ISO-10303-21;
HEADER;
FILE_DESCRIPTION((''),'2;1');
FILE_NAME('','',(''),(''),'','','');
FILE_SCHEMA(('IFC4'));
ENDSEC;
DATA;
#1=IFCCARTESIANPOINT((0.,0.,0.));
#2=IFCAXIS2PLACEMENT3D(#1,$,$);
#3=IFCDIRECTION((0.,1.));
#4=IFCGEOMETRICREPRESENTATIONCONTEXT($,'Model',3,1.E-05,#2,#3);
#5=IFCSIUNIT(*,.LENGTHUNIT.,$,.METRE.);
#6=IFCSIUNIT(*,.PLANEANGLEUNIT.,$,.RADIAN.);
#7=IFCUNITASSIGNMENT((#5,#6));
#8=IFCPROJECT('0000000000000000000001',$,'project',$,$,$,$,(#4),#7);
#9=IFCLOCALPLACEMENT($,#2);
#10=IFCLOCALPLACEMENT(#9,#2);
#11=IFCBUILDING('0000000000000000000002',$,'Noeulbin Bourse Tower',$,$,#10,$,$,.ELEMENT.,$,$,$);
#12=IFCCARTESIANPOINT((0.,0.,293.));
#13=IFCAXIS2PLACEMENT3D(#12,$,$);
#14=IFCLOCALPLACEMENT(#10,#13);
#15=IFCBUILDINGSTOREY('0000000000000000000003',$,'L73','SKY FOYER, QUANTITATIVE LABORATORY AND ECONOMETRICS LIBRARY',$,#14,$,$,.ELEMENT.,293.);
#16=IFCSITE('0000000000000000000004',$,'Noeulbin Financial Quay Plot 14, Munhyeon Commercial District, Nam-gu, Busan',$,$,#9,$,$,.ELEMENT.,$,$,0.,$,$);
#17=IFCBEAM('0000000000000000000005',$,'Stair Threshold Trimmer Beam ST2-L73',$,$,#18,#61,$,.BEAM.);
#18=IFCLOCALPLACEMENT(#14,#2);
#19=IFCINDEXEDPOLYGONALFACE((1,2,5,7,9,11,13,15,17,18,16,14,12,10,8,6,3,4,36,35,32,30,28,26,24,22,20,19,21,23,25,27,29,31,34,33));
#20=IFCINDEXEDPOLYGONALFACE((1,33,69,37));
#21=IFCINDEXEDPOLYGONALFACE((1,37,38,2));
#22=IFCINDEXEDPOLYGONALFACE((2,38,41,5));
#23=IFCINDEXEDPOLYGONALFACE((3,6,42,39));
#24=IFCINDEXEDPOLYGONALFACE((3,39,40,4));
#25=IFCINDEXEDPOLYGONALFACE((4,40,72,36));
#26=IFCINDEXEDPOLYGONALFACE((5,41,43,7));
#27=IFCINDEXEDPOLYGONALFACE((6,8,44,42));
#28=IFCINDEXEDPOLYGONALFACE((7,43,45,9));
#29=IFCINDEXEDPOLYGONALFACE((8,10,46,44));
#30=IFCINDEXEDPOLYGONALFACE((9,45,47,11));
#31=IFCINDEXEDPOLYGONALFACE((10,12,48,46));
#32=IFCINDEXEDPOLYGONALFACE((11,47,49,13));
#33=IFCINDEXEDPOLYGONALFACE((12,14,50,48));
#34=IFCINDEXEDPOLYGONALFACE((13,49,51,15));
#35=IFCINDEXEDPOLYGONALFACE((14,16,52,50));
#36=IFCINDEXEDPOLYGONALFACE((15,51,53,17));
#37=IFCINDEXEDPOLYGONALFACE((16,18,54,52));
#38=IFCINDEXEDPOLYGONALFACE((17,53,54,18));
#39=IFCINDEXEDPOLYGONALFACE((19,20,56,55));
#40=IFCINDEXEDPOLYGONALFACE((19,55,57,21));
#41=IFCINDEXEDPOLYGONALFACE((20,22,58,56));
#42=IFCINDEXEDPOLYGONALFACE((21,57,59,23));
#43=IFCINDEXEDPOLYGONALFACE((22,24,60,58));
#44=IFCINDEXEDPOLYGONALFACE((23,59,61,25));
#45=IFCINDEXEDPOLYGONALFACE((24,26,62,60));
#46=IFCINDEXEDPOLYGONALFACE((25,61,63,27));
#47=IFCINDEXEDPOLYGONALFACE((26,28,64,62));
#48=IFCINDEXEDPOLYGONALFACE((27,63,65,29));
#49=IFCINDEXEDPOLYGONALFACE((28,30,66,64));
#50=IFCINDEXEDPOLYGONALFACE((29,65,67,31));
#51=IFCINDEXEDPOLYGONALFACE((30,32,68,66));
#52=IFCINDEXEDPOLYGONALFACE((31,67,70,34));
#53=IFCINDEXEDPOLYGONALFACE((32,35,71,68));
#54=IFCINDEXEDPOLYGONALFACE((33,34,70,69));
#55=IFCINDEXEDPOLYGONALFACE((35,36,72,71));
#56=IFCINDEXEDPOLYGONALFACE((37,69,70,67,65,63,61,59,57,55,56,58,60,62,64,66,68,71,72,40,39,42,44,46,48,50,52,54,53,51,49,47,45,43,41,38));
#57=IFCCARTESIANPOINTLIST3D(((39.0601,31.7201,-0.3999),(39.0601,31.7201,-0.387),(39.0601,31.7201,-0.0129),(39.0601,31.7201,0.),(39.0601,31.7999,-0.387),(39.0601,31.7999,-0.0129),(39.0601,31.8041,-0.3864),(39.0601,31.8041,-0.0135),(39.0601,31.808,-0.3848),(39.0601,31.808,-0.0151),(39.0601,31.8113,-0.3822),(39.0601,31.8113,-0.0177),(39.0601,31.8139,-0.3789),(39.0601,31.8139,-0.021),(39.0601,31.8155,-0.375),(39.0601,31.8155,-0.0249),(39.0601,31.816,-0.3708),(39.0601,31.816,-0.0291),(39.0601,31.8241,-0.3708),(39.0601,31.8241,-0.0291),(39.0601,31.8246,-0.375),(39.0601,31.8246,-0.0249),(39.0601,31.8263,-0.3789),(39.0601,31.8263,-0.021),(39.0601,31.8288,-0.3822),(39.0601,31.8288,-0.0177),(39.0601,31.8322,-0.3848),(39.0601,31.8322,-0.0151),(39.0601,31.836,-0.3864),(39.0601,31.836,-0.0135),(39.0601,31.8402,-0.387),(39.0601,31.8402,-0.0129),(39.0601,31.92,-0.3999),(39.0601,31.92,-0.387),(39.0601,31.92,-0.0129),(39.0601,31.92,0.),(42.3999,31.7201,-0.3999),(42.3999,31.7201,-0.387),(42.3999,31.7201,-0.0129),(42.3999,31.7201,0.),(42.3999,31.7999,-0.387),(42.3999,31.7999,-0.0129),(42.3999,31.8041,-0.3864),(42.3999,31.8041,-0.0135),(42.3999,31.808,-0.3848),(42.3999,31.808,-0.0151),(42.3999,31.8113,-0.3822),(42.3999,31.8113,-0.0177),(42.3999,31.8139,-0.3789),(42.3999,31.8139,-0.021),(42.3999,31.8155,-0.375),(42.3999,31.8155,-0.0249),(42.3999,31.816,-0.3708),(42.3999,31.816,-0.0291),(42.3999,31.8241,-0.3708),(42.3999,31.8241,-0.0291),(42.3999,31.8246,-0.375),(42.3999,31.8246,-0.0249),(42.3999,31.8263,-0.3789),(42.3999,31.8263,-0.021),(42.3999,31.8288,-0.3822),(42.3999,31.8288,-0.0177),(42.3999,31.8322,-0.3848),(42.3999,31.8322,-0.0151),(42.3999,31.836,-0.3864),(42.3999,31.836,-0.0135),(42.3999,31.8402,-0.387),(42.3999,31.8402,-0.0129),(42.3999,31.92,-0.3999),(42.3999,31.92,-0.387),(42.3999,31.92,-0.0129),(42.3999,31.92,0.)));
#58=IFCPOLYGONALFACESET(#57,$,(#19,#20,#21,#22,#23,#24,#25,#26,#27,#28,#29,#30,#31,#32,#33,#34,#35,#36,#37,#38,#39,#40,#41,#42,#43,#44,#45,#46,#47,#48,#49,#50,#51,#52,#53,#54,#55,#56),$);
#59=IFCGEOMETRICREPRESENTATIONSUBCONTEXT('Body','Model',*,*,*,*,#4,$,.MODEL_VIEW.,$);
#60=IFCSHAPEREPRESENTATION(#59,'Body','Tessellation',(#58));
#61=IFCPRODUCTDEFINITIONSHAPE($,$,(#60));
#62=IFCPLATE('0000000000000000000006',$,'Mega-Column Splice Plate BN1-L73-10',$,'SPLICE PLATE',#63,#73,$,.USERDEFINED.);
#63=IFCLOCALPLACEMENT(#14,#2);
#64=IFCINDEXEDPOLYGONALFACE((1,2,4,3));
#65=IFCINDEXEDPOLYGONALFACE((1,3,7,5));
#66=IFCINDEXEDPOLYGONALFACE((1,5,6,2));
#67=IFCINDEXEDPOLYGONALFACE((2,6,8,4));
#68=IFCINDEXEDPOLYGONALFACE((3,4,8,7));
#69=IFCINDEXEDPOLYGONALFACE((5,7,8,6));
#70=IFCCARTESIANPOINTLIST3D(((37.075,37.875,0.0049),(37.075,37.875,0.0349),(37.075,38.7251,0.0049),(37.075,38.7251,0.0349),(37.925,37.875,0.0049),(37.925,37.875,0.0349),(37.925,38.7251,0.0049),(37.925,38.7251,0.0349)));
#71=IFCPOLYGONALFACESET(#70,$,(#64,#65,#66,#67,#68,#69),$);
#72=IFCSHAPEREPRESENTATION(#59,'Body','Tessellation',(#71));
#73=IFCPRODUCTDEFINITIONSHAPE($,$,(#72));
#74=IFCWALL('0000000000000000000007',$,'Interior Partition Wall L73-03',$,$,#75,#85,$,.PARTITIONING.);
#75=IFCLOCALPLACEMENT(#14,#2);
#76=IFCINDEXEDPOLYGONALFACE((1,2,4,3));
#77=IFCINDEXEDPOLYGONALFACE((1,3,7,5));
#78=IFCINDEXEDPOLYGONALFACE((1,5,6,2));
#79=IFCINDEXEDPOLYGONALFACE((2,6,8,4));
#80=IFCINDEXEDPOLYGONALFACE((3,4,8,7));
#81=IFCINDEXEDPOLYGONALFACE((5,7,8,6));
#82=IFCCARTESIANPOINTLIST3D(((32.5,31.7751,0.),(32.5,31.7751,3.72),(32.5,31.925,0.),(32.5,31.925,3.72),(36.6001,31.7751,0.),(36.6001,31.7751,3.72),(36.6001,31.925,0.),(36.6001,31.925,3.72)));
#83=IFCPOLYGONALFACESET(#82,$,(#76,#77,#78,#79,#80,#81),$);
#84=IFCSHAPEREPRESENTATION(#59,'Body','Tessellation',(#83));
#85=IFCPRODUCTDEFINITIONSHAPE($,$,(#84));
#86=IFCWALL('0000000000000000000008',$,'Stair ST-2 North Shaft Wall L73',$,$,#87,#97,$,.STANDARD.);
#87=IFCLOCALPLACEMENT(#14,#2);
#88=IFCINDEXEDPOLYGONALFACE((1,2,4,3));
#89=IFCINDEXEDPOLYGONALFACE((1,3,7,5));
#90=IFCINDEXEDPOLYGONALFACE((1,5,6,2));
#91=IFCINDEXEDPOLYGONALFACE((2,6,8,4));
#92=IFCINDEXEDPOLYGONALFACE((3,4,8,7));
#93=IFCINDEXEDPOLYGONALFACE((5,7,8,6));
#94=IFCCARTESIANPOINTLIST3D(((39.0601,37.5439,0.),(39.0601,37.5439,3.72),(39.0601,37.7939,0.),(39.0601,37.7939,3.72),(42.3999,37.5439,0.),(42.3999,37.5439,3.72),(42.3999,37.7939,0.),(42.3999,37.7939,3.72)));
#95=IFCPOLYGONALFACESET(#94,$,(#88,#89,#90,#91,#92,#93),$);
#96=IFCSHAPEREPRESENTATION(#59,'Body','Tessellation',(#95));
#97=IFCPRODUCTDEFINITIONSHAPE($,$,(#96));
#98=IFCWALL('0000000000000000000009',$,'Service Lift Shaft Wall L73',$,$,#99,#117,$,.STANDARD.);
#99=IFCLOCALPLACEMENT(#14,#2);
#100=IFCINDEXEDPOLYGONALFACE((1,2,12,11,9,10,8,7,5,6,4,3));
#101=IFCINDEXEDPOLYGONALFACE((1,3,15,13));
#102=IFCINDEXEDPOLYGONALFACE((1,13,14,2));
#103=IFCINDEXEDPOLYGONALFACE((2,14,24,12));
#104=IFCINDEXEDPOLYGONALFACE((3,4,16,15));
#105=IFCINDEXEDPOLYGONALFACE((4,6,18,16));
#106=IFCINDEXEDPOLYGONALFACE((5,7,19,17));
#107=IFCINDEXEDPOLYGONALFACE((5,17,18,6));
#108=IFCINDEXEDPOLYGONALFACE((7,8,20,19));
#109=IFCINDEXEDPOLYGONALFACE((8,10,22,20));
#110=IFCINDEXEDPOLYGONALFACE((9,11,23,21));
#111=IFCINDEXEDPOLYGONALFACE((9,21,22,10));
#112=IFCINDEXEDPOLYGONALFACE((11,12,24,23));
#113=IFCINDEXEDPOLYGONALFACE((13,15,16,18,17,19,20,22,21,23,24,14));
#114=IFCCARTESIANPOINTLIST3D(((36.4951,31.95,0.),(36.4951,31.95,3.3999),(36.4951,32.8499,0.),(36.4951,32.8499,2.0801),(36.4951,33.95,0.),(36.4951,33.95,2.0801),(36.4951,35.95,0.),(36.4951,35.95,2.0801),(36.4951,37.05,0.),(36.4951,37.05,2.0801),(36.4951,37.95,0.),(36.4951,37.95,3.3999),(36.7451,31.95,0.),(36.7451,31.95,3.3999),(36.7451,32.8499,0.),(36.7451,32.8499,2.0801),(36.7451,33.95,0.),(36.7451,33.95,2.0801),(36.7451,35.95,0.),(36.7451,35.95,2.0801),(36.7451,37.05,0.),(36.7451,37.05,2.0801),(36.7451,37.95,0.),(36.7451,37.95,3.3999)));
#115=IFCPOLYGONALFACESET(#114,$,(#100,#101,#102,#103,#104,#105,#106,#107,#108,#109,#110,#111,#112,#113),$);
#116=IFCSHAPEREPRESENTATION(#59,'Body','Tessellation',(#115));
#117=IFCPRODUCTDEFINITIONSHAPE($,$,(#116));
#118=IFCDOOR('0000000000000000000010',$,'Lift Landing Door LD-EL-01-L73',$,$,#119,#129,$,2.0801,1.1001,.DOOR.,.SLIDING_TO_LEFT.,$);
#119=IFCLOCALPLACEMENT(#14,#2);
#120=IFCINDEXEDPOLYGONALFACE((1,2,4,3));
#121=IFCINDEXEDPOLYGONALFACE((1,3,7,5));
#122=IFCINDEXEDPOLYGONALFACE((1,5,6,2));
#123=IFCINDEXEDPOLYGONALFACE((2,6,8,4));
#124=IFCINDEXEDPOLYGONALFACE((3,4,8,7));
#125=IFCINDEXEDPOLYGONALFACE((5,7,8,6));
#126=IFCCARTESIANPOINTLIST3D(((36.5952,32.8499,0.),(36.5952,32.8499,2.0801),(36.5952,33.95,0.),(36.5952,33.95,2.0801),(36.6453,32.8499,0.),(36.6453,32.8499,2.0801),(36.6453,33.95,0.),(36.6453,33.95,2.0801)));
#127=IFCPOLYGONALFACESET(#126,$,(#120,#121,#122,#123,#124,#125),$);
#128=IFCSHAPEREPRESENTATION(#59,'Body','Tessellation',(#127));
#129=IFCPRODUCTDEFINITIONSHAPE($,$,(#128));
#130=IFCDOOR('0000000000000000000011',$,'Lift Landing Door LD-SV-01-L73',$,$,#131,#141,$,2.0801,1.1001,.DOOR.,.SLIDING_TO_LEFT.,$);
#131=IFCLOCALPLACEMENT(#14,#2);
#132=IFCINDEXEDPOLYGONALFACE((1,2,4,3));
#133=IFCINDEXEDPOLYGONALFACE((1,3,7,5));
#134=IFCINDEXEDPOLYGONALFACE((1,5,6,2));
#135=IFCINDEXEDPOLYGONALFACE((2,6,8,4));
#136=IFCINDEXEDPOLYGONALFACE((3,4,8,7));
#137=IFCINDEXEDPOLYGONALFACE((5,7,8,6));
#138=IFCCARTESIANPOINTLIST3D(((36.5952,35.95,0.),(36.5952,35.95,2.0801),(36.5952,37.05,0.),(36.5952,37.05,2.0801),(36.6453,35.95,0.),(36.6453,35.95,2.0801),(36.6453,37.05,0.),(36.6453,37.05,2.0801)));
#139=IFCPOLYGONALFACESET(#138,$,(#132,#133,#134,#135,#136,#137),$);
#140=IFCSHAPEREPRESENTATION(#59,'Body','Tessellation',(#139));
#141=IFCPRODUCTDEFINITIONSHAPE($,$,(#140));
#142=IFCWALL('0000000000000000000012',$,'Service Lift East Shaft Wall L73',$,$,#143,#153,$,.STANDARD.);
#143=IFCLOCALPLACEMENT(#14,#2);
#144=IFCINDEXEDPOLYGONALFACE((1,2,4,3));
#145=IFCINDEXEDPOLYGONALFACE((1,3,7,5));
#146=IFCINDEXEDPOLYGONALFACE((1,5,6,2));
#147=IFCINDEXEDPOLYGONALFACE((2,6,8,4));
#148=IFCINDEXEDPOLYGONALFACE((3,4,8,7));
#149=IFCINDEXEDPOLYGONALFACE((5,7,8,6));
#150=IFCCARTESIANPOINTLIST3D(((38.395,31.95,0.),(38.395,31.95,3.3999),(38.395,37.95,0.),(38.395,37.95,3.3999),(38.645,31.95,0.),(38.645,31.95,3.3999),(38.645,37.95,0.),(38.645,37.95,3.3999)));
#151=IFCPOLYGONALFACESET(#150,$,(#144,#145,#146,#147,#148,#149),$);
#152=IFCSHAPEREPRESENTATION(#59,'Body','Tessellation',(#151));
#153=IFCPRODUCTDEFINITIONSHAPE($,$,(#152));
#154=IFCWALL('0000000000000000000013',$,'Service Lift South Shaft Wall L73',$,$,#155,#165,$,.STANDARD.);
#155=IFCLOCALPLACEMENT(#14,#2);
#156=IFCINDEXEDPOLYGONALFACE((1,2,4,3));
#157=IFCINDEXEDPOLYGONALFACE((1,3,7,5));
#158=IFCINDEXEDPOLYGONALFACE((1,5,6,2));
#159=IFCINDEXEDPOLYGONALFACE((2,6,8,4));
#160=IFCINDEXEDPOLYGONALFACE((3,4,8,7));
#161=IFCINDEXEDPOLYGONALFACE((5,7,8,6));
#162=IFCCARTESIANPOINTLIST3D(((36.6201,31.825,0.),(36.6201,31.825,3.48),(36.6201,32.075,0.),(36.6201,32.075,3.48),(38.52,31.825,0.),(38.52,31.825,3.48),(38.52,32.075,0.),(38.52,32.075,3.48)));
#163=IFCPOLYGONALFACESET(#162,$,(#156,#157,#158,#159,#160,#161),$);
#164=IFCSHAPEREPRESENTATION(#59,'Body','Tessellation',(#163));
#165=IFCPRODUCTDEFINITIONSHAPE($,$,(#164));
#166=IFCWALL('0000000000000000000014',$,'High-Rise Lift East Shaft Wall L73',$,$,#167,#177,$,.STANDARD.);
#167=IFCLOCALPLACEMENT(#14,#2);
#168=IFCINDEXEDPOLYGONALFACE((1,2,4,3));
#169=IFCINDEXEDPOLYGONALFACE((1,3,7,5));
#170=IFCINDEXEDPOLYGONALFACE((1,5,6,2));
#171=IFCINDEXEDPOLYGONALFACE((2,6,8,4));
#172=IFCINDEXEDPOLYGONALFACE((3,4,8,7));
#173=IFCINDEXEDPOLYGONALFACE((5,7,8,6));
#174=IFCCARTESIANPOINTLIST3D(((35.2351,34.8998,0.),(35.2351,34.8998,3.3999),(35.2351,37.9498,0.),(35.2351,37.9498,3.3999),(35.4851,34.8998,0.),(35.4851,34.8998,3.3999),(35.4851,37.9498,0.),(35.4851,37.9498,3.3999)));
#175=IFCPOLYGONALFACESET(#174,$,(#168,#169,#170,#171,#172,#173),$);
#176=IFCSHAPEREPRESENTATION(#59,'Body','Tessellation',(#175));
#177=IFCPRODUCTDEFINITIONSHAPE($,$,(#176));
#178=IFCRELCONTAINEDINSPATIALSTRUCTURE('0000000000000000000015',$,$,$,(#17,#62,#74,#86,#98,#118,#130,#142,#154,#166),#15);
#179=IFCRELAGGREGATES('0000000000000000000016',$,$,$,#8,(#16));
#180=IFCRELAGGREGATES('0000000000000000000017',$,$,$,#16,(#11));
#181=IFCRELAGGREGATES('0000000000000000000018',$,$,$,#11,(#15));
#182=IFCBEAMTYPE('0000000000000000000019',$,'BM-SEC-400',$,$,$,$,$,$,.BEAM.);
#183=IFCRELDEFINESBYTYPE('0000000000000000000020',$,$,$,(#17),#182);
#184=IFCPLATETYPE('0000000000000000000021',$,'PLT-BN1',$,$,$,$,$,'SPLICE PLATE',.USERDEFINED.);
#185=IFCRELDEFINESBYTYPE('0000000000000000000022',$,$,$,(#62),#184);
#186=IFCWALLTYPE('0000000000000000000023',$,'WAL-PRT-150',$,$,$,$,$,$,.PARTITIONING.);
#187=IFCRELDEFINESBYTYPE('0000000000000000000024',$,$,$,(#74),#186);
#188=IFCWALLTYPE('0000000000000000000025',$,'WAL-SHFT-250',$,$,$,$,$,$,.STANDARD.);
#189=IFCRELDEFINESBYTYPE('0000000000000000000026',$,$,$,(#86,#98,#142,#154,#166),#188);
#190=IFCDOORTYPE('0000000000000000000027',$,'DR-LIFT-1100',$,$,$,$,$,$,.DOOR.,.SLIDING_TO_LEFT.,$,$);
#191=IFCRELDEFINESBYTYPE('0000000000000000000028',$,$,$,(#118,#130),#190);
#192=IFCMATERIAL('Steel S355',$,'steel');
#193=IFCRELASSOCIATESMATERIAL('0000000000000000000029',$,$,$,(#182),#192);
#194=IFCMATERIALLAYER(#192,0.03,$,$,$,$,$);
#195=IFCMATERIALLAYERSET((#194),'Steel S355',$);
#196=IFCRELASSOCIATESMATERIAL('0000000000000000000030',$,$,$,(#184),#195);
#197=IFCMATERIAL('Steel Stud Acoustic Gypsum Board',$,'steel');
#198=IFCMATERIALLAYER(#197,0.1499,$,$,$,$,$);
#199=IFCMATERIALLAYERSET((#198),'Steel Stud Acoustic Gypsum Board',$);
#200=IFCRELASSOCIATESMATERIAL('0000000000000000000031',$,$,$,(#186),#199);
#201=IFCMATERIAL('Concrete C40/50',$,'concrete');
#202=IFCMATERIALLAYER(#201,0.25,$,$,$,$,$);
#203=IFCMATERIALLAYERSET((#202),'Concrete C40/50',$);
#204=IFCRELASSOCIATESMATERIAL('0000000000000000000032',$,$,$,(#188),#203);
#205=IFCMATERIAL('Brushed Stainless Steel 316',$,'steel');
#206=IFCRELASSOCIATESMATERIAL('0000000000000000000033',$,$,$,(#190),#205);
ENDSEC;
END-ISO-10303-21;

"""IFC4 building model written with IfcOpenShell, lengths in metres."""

from ifc_helpers import new_model, si_unit, direction, frame, frame_2d, origin, origin_2d, place, context, subcontext, project, spatial, rectangle, i_section, extrude, material, layer, layer_set, material_profile, profile_set, type_object, element, fill, save


model = new_model("IFC4")

# Units and contexts
model_context = context("Model", 3, precision=1e-05, world=origin(), true_north=direction((0.0, 1.0)))
body_context = subcontext(model_context, "Body", "Model", "MODEL_VIEW")
ifc_project = project(units=[si_unit("LENGTHUNIT", "METRE"), si_unit("PLANEANGLEUNIT", "RADIAN")], contexts=[model_context])

# Site, building, storey
site_placement = place(None, origin())
site = spatial("IfcSite", under=ifc_project, at=site_placement, Name="Noeulbin Financial Quay Plot 14, Munhyeon Commercial District, Nam-gu, Busan", CompositionType="ELEMENT", RefElevation=0.0)
building_placement = place(site_placement, origin())
building = spatial("IfcBuilding", under=site, at=building_placement, Name="Noeulbin Bourse Tower", CompositionType="ELEMENT")
storey_placement = place(building_placement, frame((0.0, 0.0, 293.0)))
storey = spatial("IfcBuildingStorey", under=building, at=storey_placement, Name="L73", Description="SKY FOYER, QUANTITATIVE LABORATORY AND ECONOMETRICS LIBRARY", CompositionType="ELEMENT", Elevation=293.0)

# Shared definitions
ifc_material_1 = material(Name="Steel S355", Category="steel")

# Beam
ifc_material_profile_1 = material_profile(ifc_material_1, i_section(OverallWidth=0.2, OverallDepth=0.3999, WebThickness=0.0081, FlangeThickness=0.0129, FilletRadius=0.0161, at=origin_2d()), Name="H-400x200x8x13", Category="LoadBearing")
ifc_profile_set_1 = profile_set([ifc_material_profile_1], Name="Steel S355")
beam_type_1 = type_object("IfcBeamType", Name="BM-SEC-400", PredefinedType="BEAM", material=ifc_profile_set_1)
beam_1_placement = place(storey_placement, frame((39.0601, 31.8201, -0.2), z_axis=(1.0, 0.0, 0.0), x_axis=(0.0, 1.0, 0.0)))
element("IfcBeam", 1, at=beam_1_placement, inside=storey, type_object=beam_type_1, Name="Stair Threshold Trimmer Beam ST2-L73", PredefinedType="BEAM", context=body_context, shape_type="SweptSolid", body=[
    extrude(i_section(OverallWidth=0.2, OverallDepth=0.3999, WebThickness=0.0081, FlangeThickness=0.0129, FilletRadius=0.0161, at=origin_2d()), origin(), (0.0, 0.0, 1.0), 3.3398),
])

# Plate
ifc_layer_1 = layer(ifc_material_1, 0.03)
ifc_layer_set_1 = layer_set([ifc_layer_1], Name="Steel S355")
plate_type = type_object("IfcPlateType", Name="PLT-BN1", ElementType="SPLICE PLATE", PredefinedType="USERDEFINED", material=ifc_layer_set_1)
plate_placement = place(storey_placement, frame((37.5, 38.3, 0.0049), z_axis=(0.0, 0.0, 1.0), x_axis=(1.0, 0.0, 0.0)))
element("IfcPlate", 2, at=plate_placement, inside=storey, type_object=plate_type, Name="Mega-Column Splice Plate BN1-L73-10", ObjectType="SPLICE PLATE", PredefinedType="USERDEFINED", context=body_context, shape_type="SweptSolid", body=[
    extrude(rectangle(XDim=0.8501, YDim=0.8501, at=origin_2d()), origin(), (0.0, 0.0, 1.0), 0.03),
])

# Walls
ifc_material_2 = material(Name="Steel Stud Acoustic Gypsum Board", Category="steel")
ifc_layer_2 = layer(ifc_material_2, 0.1499)
ifc_layer_set_2 = layer_set([ifc_layer_2], Name="Steel Stud Acoustic Gypsum Board")
wall_type_1 = type_object("IfcWallType", Name="WAL-PRT-150", PredefinedType="PARTITIONING", material=ifc_layer_set_2)
wall_1_placement = place(storey_placement, frame((32.5, 31.8501, 0.0), z_axis=(0.0, 0.0, 1.0), x_axis=(1.0, 0.0, 0.0)))
element("IfcWall", 3, at=wall_1_placement, inside=storey, type_object=wall_type_1, Name="Interior Partition Wall L73-03", PredefinedType="PARTITIONING", context=body_context, shape_type="SweptSolid", body=[
    extrude(rectangle(XDim=4.1001, YDim=0.1499, at=frame_2d((2.05, 0.0))), origin(), (0.0, 0.0, 1.0), 3.72),
])
ifc_material_3 = material(Name="Concrete C40/50", Category="concrete")
ifc_layer_3 = layer(ifc_material_3, 0.25)
ifc_layer_set_3 = layer_set([ifc_layer_3], Name="Concrete C40/50")
wall_type_2 = type_object("IfcWallType", Name="WAL-SHFT-250", PredefinedType="STANDARD", material=ifc_layer_set_3)
wall_2_placement = place(storey_placement, frame((39.0601, 37.6689, 0.0), z_axis=(0.0, 0.0, 1.0), x_axis=(1.0, 0.0, 0.0)))
element("IfcWall", 4, at=wall_2_placement, inside=storey, type_object=wall_type_2, Name="Stair ST-2 North Shaft Wall L73", PredefinedType="STANDARD", context=body_context, shape_type="SweptSolid", body=[
    extrude(rectangle(XDim=3.3398, YDim=0.25, at=frame_2d((1.6699, 0.0))), origin(), (0.0, 0.0, 1.0), 3.72),
])

# Wall, openings, doors
wall_3_placement = place(storey_placement, frame((36.6201, 31.95, 0.0), z_axis=(0.0, 0.0, 1.0), x_axis=(0.0, 1.0, 0.0)))
wall_3 = element("IfcWall", 5, at=wall_3_placement, inside=storey, type_object=wall_type_2, Name="Service Lift Shaft Wall L73", PredefinedType="STANDARD", context=body_context, shape_type="SweptSolid", body=[
    extrude(rectangle(XDim=6.0, YDim=0.25, at=frame_2d((3.0, 0.0))), origin(), (0.0, 0.0, 1.0), 3.3999),
])
opening_1_placement = place(wall_3_placement, frame((0.8999, 0.0, 0.0)))
opening_1 = element("IfcOpeningElement", 6, at=opening_1_placement, cuts=wall_3, PredefinedType="OPENING", context=body_context, shape_type="SweptSolid", body=[
    extrude(rectangle(XDim=1.1001, YDim=2.0801, at=frame_2d((0.55, 1.04))), frame((0.0, 0.135, 0.0), z_axis=(0.0, -1.0, 0.0), x_axis=(1.0, 0.0, 0.0)), (0.0, 0.0, 1.0), 0.27),
])
opening_2_placement = place(wall_3_placement, frame((4.0, 0.0, 0.0)))
opening_2 = element("IfcOpeningElement", 7, at=opening_2_placement, cuts=wall_3, PredefinedType="OPENING", context=body_context, shape_type="SweptSolid", body=[
    extrude(rectangle(XDim=1.1001, YDim=2.0801, at=frame_2d((0.55, 1.04))), frame((0.0, 0.135, 0.0), z_axis=(0.0, -1.0, 0.0), x_axis=(1.0, 0.0, 0.0)), (0.0, 0.0, 1.0), 0.27),
])
ifc_material_4 = material(Name="Brushed Stainless Steel 316", Category="steel")
door_type_1 = type_object("IfcDoorType", Name="DR-LIFT-1100", OperationType="SLIDING_TO_LEFT", PredefinedType="DOOR", material=ifc_material_4)
door_1_placement = place(opening_1_placement, origin())
door_1 = element("IfcDoor", 8, at=door_1_placement, inside=storey, type_object=door_type_1, Name="Lift Landing Door LD-EL-01-L73", OperationType="SLIDING_TO_LEFT", OverallHeight=2.0801, OverallWidth=1.1001, PredefinedType="DOOR", context=body_context, shape_type="SweptSolid", body=[
    extrude(rectangle(XDim=1.1001, YDim=2.0801, at=frame_2d((0.55, 1.04))), frame((0.0, 0.0249, 0.0), z_axis=(0.0, -1.0, 0.0), x_axis=(1.0, 0.0, 0.0)), (0.0, 0.0, 1.0), 0.05),
])
fill(opening_1, door_1)
door_2_placement = place(opening_2_placement, origin())
door_2 = element("IfcDoor", 9, at=door_2_placement, inside=storey, type_object=door_type_1, Name="Lift Landing Door LD-SV-01-L73", OperationType="SLIDING_TO_LEFT", OverallHeight=2.0801, OverallWidth=1.1001, PredefinedType="DOOR", context=body_context, shape_type="SweptSolid", body=[
    extrude(rectangle(XDim=1.1001, YDim=2.0801, at=frame_2d((0.55, 1.04))), frame((0.0, 0.0249, 0.0), z_axis=(0.0, -1.0, 0.0), x_axis=(1.0, 0.0, 0.0)), (0.0, 0.0, 1.0), 0.05),
])
fill(opening_2, door_2)

# Walls
wall_4_placement = place(storey_placement, frame((38.52, 31.95, 0.0), z_axis=(0.0, 0.0, 1.0), x_axis=(0.0, 1.0, 0.0)))
element("IfcWall", 10, at=wall_4_placement, inside=storey, type_object=wall_type_2, Name="Service Lift East Shaft Wall L73", PredefinedType="STANDARD", context=body_context, shape_type="SweptSolid", body=[
    extrude(rectangle(XDim=6.0, YDim=0.25, at=frame_2d((3.0, 0.0))), origin(), (0.0, 0.0, 1.0), 3.3999),
])
wall_5_placement = place(storey_placement, frame((36.6201, 31.95, 0.0), z_axis=(0.0, 0.0, 1.0), x_axis=(1.0, 0.0, 0.0)))
element("IfcWall", 11, at=wall_5_placement, inside=storey, type_object=wall_type_2, Name="Service Lift South Shaft Wall L73", PredefinedType="STANDARD", context=body_context, shape_type="SweptSolid", body=[
    extrude(rectangle(XDim=1.8999, YDim=0.25, at=frame_2d((0.95, 0.0))), origin(), (0.0, 0.0, 1.0), 3.48),
])
wall_6_placement = place(storey_placement, frame((35.3601, 34.8999, 0.0), z_axis=(0.0, 0.0, 1.0), x_axis=(0.0, 1.0, 0.0)))
element("IfcWall", 12, at=wall_6_placement, inside=storey, type_object=wall_type_2, Name="High-Rise Lift East Shaft Wall L73", PredefinedType="STANDARD", context=body_context, shape_type="SweptSolid", body=[
    extrude(rectangle(XDim=3.05, YDim=0.25, at=frame_2d((1.5249, 0.0))), origin(), (0.0, 0.0, 1.0), 3.3999),
])

save(model, "model.ifc")
